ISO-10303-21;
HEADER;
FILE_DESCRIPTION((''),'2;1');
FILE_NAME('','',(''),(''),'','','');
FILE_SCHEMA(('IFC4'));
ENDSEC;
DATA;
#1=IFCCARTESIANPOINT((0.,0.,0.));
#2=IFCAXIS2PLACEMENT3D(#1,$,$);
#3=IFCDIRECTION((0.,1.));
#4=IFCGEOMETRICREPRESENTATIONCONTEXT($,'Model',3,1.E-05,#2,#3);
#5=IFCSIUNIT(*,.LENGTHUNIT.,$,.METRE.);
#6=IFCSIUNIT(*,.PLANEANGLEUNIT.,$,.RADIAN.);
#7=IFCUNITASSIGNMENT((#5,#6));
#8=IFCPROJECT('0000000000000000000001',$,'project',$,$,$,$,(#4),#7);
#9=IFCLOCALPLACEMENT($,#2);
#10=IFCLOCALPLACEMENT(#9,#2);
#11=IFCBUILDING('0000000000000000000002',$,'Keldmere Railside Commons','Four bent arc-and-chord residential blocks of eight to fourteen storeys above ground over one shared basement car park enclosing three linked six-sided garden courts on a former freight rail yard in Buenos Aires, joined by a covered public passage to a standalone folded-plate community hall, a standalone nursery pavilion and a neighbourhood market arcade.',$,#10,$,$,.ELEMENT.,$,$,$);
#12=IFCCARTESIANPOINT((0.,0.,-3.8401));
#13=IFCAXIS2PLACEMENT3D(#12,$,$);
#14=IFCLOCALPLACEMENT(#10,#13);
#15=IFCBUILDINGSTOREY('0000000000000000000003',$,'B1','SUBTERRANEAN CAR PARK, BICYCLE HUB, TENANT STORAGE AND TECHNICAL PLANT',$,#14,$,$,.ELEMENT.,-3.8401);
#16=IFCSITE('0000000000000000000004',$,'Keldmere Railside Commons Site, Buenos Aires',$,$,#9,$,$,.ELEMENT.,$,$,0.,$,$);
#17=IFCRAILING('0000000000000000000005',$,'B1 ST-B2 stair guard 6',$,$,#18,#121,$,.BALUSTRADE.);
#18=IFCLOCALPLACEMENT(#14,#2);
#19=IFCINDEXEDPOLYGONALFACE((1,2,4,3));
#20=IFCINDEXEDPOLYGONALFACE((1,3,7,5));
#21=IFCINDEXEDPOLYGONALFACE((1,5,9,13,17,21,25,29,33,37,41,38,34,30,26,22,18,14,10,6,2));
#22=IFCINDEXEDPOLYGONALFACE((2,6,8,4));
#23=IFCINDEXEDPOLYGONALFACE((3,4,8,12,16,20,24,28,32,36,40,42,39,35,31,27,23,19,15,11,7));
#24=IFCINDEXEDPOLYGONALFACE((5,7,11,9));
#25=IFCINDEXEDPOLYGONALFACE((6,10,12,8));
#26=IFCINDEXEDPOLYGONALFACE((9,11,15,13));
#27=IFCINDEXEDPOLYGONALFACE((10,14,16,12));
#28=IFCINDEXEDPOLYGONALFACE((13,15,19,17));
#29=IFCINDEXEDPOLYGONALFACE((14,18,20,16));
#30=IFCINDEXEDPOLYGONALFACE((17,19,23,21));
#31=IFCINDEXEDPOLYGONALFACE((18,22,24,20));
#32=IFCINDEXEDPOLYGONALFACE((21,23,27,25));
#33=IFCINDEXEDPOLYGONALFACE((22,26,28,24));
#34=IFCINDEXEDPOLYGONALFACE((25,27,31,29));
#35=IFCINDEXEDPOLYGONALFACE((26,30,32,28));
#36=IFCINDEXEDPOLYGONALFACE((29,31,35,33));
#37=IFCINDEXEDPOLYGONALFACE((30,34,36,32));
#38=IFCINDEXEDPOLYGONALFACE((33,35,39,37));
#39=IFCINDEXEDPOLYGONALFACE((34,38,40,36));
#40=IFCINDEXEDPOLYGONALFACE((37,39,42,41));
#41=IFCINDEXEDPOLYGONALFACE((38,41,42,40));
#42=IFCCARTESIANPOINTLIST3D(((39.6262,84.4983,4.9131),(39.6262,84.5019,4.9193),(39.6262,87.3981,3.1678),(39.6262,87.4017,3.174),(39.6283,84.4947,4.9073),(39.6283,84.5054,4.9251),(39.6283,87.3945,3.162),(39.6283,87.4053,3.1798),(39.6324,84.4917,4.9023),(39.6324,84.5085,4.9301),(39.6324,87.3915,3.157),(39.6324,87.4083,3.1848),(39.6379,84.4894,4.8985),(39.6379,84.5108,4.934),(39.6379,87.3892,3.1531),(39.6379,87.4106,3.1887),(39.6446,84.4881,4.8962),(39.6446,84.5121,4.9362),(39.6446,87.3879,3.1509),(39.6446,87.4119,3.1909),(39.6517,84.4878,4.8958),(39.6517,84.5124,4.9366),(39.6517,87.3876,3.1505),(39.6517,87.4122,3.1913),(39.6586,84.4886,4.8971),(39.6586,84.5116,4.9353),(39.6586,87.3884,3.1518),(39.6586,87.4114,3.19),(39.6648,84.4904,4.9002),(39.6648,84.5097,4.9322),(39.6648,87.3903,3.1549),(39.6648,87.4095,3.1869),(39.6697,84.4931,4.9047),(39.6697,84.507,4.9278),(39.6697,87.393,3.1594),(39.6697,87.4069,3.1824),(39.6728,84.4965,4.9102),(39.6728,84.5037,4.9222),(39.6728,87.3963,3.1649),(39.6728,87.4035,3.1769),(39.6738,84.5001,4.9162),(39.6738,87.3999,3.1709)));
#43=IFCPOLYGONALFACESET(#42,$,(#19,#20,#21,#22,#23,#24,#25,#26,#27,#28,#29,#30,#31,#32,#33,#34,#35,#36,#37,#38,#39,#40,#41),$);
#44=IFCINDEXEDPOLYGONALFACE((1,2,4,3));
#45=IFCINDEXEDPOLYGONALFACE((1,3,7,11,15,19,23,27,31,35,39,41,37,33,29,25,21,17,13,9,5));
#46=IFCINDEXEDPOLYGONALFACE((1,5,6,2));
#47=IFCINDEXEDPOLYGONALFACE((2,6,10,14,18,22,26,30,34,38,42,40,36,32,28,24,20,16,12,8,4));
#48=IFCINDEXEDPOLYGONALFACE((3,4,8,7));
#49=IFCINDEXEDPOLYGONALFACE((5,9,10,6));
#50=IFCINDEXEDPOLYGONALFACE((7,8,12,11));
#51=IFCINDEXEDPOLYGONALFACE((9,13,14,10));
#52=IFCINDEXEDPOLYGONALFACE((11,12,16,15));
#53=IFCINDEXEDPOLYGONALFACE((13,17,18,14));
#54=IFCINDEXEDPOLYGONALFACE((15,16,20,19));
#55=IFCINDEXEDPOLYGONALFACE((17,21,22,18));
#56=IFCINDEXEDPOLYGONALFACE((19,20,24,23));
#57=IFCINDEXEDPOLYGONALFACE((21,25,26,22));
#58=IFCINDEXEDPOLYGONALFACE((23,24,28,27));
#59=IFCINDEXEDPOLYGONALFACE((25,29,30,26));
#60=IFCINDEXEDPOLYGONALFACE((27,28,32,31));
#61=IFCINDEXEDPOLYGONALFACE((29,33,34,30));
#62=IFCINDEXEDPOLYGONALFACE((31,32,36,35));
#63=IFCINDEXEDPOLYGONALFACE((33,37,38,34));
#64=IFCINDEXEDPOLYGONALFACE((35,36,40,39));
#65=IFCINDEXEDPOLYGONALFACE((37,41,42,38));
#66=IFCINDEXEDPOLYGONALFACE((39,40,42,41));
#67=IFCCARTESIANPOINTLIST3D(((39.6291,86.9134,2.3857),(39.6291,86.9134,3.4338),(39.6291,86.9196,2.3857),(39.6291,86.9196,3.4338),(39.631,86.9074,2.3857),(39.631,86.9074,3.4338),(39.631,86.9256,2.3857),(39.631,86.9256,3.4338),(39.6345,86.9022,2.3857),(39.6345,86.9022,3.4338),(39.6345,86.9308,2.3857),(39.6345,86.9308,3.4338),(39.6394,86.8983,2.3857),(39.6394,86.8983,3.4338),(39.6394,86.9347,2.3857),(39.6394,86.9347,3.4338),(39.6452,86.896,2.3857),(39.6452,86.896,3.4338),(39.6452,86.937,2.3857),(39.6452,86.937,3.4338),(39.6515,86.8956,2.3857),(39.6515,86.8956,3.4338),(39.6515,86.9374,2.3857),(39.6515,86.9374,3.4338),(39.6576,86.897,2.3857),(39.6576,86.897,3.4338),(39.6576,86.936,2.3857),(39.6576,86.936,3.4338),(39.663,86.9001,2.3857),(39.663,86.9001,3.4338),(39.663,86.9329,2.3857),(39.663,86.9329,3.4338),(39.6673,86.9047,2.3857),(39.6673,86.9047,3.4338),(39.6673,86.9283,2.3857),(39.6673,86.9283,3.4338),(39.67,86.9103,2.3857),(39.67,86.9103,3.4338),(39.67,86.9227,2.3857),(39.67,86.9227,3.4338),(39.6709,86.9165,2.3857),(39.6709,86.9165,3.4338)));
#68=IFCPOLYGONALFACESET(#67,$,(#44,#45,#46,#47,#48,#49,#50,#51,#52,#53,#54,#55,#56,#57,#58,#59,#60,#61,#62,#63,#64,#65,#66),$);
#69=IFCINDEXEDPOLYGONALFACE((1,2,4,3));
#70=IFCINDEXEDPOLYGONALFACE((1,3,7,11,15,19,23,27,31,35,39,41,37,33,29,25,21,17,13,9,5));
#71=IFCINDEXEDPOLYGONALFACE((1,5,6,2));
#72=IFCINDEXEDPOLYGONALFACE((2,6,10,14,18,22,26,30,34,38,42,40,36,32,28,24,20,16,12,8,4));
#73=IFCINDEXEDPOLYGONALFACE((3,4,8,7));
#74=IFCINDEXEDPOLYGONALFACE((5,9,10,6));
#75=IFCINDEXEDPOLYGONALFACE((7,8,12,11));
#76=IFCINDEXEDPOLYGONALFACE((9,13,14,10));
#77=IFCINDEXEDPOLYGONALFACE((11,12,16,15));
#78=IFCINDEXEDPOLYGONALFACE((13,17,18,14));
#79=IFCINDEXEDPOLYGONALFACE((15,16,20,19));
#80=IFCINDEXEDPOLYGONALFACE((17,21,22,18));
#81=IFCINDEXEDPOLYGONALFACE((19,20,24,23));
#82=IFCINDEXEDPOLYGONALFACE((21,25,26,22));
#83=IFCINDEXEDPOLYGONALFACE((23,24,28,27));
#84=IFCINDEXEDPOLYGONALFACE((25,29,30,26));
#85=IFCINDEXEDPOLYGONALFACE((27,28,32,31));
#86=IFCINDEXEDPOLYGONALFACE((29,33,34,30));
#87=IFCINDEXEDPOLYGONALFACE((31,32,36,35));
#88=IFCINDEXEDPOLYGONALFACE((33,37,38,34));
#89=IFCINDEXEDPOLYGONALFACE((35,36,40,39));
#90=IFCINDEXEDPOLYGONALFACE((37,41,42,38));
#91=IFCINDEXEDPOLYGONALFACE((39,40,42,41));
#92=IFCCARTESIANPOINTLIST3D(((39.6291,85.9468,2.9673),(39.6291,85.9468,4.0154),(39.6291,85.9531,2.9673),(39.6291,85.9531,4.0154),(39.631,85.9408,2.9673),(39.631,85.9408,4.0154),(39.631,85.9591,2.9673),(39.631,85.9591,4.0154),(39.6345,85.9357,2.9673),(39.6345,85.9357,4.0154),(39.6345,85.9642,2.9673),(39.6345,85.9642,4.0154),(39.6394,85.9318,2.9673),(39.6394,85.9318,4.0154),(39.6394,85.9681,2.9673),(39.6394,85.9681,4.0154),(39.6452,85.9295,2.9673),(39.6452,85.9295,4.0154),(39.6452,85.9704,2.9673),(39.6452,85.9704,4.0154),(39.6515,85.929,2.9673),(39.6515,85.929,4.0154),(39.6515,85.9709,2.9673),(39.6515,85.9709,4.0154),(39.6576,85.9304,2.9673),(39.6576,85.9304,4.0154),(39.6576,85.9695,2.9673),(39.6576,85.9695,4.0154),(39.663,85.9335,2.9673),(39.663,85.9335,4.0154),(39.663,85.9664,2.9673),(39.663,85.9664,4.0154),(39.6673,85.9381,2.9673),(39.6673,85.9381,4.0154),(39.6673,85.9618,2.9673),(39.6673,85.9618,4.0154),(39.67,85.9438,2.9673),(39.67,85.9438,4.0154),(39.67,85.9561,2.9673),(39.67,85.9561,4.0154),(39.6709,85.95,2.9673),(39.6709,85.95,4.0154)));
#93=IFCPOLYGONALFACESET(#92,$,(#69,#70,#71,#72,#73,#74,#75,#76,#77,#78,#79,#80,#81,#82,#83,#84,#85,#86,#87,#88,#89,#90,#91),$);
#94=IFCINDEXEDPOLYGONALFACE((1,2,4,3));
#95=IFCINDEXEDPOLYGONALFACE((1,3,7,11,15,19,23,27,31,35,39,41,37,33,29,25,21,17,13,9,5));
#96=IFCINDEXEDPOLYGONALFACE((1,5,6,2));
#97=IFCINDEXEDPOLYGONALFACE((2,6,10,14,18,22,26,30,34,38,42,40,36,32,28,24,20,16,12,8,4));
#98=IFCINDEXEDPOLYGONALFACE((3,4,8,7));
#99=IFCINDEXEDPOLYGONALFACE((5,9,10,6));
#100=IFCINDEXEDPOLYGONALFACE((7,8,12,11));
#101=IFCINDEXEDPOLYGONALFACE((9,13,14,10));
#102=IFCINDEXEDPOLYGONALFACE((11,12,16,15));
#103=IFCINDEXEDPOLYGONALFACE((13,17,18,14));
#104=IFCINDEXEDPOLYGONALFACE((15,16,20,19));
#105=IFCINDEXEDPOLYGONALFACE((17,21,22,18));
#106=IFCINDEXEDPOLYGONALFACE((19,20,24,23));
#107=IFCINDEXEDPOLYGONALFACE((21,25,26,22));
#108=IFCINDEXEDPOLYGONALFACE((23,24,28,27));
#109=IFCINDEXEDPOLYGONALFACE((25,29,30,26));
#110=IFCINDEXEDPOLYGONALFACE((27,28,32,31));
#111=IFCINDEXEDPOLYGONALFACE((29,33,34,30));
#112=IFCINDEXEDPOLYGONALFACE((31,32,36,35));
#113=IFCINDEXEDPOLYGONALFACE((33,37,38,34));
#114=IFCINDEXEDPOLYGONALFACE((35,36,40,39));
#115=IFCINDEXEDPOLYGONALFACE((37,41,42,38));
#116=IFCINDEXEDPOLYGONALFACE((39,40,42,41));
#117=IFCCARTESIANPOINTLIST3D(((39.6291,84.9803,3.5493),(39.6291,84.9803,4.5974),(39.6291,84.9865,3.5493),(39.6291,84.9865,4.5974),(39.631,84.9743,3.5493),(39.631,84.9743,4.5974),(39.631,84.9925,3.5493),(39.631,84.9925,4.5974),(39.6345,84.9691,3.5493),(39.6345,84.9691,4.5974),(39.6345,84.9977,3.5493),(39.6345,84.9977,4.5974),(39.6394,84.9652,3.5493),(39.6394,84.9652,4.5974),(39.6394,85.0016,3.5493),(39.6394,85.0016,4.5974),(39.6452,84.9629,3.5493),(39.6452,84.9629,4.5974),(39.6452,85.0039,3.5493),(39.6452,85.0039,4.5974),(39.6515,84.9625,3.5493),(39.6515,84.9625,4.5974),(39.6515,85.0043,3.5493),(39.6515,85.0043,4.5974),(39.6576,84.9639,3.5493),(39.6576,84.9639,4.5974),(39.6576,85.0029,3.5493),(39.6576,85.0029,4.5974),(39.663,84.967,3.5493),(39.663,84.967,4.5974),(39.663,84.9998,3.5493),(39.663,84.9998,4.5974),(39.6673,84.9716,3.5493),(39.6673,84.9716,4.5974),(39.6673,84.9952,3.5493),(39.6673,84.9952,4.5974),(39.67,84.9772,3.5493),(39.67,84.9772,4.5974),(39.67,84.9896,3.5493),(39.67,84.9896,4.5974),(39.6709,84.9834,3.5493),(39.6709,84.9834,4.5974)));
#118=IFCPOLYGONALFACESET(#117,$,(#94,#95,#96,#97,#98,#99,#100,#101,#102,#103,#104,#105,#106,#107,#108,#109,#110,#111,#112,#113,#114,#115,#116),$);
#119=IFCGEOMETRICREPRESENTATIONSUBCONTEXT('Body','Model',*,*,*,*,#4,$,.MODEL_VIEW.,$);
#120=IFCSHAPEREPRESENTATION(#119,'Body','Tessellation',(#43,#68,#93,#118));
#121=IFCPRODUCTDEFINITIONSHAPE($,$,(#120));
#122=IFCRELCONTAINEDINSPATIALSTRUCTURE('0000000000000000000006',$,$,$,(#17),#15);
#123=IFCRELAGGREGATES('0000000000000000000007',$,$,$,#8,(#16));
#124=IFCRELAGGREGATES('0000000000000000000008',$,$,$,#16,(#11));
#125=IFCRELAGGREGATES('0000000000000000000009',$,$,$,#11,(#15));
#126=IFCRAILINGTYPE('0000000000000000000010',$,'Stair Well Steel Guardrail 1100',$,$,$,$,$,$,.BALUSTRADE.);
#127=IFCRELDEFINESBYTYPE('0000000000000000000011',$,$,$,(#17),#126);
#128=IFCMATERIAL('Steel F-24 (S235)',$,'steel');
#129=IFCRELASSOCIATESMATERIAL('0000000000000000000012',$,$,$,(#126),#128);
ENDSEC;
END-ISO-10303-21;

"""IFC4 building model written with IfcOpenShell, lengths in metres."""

from ifc_helpers import new_model, si_unit, direction, frame, origin, origin_2d, place, context, subcontext, project, spatial, circle, extrude, material, type_object, element, save


model = new_model("IFC4")

# Units and contexts
model_context = context("Model", 3, precision=1e-05, world=origin(), true_north=direction((0.0, 1.0)))
body_context = subcontext(model_context, "Body", "Model", "MODEL_VIEW")
ifc_project = project(units=[si_unit("LENGTHUNIT", "METRE"), si_unit("PLANEANGLEUNIT", "RADIAN")], contexts=[model_context])

# Site, building, storey
site_placement = place(None, origin())
site = spatial("IfcSite", under=ifc_project, at=site_placement, Name="Keldmere Railside Commons Site, Buenos Aires", CompositionType="ELEMENT", RefElevation=0.0)
building_placement = place(site_placement, origin())
building = spatial("IfcBuilding", under=site, at=building_placement, Name="Keldmere Railside Commons", Description="Four bent arc-and-chord residential blocks of eight to fourteen storeys above ground over one shared basement car park enclosing three linked six-sided garden courts on a former freight rail yard in Buenos Aires, joined by a covered public passage to a standalone folded-plate community hall, a standalone nursery pavilion and a neighbourhood market arcade.", CompositionType="ELEMENT")
storey_placement = place(building_placement, frame((0.0, 0.0, -3.8401)))
storey = spatial("IfcBuildingStorey", under=building, at=storey_placement, Name="B1", Description="SUBTERRANEAN CAR PARK, BICYCLE HUB, TENANT STORAGE AND TECHNICAL PLANT", CompositionType="ELEMENT", Elevation=-3.8401)

# Railing
ifc_material_1 = material(Name="Steel F-24 (S235)", Category="steel")
railing_type_1 = type_object("IfcRailingType", Name="Stair Well Steel Guardrail 1100", PredefinedType="BALUSTRADE", material=ifc_material_1)
railing_1_placement = place(storey_placement, frame((39.6499, 87.3999, 2.0947)))
element("IfcRailing", 1, at=railing_1_placement, inside=storey, type_object=railing_type_1, Name="B1 ST-B2 stair guard 6", PredefinedType="BALUSTRADE", context=body_context, shape_type="SweptSolid", body=[
    extrude(circle(Radius=0.0239, at=origin_2d()), frame((0.0, 0.0, 1.0762), z_axis=(0.0, -0.856786, 0.515673), x_axis=(1.0, 0.0, 0.0)), (0.0, 0.0, 1.0), 3.3845),
    extrude(circle(Radius=0.021, at=origin_2d()), frame((0.0, -0.4834, 0.291)), (0.0, 0.0, 1.0), 1.0481),
    extrude(circle(Radius=0.021, at=origin_2d()), frame((0.0, -1.45, 0.8726)), (0.0, 0.0, 1.0), 1.0481),
    extrude(circle(Radius=0.021, at=origin_2d()), frame((0.0, -2.4165, 1.4546)), (0.0, 0.0, 1.0), 1.0481),
])

save(model, "model.ifc")
